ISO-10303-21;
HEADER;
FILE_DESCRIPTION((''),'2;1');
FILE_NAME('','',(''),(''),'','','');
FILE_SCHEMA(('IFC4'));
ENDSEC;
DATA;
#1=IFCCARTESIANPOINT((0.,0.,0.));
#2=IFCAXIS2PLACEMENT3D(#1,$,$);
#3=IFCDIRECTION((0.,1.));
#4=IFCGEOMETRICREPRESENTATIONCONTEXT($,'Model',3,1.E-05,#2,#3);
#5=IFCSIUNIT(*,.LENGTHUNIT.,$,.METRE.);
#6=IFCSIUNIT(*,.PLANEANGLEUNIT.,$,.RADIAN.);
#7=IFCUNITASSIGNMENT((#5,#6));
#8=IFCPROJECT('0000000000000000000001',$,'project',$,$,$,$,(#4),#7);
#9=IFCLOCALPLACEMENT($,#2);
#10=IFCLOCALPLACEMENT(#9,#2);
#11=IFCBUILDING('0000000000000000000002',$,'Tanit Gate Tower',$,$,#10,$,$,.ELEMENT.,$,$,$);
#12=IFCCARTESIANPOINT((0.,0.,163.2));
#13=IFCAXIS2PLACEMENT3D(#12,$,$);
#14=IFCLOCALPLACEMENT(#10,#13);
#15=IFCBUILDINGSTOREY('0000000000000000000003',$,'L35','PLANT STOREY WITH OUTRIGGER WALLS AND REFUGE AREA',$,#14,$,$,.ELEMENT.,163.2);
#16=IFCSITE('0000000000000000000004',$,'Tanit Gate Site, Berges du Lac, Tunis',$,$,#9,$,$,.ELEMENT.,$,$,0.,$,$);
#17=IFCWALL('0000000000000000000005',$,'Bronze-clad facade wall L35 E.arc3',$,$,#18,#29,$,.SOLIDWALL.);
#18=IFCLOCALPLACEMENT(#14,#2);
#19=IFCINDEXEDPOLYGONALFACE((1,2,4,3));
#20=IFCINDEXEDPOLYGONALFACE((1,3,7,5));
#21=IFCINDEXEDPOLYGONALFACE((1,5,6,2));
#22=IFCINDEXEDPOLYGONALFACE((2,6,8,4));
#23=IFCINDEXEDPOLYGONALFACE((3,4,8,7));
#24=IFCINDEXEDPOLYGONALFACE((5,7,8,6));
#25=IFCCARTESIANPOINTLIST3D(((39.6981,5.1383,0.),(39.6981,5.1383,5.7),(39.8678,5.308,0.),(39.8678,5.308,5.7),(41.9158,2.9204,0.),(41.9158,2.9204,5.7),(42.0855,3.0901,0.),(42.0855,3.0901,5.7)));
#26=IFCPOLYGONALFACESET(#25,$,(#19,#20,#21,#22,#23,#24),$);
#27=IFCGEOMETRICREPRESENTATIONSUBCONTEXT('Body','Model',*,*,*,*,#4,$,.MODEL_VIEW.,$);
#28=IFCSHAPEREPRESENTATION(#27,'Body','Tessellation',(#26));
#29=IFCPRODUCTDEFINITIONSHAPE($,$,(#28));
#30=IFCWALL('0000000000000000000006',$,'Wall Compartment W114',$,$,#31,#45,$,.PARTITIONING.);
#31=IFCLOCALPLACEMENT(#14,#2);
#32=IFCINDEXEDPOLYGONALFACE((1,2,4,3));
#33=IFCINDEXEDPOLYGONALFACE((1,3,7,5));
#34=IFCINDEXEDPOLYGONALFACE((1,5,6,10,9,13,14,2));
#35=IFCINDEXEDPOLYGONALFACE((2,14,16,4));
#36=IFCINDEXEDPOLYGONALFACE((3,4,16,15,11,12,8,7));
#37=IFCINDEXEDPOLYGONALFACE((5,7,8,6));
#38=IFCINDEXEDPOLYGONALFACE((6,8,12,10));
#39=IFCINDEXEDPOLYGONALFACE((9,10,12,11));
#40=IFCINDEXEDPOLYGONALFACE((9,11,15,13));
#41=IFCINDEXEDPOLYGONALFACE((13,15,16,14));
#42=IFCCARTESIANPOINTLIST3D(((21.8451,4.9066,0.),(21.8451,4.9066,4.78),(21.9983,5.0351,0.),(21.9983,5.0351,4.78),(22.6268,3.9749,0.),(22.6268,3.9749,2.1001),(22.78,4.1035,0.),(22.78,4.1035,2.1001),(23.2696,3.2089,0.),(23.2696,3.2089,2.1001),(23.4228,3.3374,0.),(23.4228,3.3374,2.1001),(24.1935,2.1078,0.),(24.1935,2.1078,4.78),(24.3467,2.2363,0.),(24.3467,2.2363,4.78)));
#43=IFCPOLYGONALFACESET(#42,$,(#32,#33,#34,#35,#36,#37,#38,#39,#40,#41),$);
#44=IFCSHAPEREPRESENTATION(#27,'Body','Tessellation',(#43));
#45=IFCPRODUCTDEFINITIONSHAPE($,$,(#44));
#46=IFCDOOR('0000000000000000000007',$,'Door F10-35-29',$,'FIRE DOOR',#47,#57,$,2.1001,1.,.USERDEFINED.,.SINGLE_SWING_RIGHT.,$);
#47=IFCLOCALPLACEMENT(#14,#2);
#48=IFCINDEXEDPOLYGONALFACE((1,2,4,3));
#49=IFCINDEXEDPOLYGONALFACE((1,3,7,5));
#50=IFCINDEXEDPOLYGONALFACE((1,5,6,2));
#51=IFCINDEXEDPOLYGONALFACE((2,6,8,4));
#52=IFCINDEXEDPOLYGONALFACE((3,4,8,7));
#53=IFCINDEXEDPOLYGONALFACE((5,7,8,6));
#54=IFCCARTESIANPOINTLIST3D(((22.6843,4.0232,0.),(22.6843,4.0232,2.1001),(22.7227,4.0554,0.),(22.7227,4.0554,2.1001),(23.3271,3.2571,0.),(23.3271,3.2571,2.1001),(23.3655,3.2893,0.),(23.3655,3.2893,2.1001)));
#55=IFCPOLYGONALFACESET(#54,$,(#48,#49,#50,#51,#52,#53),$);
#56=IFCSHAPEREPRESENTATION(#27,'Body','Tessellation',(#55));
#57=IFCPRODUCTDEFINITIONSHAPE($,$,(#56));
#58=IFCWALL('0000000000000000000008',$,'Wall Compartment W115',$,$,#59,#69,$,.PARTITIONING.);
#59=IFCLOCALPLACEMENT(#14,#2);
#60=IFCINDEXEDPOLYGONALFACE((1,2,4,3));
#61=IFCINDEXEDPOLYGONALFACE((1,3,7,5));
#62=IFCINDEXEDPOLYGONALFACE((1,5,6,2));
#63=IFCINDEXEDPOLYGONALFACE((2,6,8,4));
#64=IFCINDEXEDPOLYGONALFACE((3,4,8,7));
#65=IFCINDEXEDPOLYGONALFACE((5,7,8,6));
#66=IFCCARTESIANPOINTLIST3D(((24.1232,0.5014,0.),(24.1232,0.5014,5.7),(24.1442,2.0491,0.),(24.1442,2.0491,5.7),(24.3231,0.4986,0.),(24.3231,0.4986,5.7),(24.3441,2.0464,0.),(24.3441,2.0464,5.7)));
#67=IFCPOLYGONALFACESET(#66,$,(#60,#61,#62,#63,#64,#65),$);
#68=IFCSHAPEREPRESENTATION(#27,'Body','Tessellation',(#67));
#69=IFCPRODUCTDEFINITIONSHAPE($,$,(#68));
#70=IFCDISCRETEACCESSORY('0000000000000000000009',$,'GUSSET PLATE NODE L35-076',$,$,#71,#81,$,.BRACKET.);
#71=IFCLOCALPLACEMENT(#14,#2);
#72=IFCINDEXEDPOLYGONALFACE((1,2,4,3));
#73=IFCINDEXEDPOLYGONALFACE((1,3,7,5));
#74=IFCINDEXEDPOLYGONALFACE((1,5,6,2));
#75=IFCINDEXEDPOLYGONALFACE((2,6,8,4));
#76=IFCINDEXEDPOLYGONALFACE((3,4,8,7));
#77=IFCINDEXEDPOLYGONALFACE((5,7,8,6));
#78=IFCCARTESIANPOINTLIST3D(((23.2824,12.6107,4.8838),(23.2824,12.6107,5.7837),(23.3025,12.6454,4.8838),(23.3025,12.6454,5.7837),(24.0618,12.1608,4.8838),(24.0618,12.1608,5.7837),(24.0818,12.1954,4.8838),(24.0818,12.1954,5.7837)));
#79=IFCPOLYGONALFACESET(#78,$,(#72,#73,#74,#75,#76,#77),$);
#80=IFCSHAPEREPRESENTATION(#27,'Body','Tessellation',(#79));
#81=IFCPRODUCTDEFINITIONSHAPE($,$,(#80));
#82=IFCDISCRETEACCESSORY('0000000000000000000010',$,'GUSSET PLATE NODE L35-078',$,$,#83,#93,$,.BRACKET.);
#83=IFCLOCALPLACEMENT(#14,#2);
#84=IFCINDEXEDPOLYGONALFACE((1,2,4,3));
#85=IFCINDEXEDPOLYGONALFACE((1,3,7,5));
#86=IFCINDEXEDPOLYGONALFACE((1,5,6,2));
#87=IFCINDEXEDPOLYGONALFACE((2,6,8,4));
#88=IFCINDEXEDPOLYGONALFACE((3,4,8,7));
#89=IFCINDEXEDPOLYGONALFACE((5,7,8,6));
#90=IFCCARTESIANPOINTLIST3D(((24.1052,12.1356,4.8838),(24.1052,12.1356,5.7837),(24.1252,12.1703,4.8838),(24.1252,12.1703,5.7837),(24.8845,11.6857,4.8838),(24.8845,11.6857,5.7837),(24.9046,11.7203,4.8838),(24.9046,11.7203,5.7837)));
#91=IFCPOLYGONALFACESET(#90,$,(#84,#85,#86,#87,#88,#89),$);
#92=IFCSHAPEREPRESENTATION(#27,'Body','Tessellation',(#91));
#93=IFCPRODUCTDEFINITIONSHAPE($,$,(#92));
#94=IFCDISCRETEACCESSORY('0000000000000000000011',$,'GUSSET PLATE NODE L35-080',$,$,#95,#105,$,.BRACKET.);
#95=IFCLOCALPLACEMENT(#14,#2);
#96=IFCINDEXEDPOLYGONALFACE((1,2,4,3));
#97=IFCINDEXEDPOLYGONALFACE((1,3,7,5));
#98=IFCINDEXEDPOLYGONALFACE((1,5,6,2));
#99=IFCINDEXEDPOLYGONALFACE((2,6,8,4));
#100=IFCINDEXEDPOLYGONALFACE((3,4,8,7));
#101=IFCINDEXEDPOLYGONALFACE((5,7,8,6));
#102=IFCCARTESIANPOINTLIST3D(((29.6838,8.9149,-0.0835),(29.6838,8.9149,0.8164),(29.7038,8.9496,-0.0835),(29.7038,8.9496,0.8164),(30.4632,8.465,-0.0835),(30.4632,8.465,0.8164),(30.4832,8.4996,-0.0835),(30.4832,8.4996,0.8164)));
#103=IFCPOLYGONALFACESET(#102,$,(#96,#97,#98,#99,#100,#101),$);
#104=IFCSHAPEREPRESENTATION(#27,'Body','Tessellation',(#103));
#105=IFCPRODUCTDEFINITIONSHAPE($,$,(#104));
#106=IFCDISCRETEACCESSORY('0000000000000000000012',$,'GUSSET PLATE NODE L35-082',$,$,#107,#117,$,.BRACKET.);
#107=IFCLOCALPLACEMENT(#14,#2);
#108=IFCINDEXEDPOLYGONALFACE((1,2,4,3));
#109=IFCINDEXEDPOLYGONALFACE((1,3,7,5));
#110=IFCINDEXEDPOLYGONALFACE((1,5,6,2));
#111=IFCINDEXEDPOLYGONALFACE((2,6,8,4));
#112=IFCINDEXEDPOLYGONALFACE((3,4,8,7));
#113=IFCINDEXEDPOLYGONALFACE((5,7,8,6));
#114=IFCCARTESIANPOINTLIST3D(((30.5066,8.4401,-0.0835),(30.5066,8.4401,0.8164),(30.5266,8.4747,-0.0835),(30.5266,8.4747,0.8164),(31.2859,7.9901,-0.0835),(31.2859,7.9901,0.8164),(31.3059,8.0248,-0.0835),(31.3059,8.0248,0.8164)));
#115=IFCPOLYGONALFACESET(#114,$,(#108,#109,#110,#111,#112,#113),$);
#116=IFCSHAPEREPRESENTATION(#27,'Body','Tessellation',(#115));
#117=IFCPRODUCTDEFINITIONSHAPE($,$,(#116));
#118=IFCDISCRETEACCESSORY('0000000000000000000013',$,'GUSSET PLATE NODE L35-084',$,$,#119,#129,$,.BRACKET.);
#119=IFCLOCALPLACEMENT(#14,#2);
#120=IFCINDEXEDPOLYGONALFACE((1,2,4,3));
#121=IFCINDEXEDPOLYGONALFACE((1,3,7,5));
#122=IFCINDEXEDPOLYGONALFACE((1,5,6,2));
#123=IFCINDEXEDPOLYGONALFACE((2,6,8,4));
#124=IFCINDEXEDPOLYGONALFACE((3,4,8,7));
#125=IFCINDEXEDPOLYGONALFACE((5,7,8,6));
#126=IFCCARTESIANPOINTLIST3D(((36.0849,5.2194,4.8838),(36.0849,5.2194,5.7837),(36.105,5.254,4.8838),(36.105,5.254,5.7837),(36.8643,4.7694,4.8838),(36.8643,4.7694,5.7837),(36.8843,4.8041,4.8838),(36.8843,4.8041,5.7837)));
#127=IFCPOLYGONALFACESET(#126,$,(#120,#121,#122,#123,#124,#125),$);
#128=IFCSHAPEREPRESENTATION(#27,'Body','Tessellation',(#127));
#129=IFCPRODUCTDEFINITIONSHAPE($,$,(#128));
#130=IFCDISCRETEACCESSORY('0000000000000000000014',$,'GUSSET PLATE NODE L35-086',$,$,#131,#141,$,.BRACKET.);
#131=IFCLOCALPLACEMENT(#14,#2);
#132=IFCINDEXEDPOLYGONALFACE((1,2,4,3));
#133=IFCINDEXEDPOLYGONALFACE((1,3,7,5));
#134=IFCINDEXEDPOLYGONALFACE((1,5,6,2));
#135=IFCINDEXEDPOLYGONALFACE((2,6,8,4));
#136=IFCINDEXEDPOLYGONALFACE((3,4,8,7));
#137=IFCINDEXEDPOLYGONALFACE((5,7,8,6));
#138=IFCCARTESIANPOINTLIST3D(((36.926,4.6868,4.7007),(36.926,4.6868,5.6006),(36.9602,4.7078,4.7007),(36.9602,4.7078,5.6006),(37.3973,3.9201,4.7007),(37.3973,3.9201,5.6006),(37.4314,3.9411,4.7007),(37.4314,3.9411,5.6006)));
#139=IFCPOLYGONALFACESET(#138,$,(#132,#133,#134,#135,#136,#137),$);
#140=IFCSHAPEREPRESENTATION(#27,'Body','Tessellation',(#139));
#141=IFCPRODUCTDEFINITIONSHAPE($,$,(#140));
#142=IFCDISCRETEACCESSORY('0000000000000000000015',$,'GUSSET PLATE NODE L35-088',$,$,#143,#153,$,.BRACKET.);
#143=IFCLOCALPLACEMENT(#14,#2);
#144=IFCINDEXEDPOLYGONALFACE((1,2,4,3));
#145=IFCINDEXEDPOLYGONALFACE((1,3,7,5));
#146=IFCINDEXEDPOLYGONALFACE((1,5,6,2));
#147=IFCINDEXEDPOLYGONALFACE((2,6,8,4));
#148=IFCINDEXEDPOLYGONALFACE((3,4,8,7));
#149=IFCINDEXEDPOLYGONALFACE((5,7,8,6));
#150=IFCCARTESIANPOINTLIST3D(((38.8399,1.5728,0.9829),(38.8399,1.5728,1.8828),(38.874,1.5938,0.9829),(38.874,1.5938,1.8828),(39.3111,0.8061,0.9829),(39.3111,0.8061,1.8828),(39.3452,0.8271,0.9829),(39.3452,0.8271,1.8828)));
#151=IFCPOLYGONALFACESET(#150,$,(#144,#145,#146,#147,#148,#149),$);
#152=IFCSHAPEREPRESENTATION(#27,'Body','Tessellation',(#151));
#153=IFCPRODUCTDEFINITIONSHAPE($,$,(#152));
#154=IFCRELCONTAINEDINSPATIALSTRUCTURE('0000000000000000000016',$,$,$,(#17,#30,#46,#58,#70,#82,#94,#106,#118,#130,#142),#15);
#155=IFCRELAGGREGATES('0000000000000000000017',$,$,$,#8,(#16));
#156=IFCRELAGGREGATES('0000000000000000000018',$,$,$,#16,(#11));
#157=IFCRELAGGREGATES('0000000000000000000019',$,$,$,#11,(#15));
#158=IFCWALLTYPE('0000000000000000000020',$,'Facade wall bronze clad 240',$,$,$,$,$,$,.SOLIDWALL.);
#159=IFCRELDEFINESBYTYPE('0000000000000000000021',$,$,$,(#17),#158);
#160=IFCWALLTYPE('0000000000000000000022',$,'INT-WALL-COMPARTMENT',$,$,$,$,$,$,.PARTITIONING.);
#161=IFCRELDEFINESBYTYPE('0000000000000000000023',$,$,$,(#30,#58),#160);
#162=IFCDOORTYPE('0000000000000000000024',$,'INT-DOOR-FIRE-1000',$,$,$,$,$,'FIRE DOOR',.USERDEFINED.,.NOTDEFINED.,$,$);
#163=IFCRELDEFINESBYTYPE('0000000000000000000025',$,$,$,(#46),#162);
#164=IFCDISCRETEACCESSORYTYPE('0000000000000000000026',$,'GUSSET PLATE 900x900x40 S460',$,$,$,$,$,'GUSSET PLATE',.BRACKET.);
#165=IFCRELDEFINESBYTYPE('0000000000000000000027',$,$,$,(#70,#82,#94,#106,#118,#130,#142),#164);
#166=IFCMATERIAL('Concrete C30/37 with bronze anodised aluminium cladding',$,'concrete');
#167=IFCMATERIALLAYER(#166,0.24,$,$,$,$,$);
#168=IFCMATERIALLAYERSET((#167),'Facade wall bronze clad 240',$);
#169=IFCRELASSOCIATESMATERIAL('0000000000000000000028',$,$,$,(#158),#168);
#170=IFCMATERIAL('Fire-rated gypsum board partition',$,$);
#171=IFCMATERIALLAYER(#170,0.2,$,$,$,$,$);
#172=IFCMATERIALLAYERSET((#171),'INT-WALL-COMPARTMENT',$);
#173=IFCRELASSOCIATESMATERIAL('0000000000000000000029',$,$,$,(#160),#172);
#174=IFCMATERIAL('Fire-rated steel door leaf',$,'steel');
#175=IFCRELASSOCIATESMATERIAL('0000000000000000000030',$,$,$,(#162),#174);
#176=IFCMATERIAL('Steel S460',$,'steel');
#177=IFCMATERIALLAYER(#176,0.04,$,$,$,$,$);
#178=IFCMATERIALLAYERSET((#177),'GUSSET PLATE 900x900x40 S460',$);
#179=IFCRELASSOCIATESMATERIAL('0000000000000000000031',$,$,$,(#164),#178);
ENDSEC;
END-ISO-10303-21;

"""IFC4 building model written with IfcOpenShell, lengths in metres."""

from ifc_helpers import new_model, si_unit, direction, frame, frame_2d, origin, origin_2d, place, context, subcontext, project, spatial, rectangle, extrude, material, layer, layer_set, type_object, element, fill, save


model = new_model("IFC4")

# Units and contexts
model_context = context("Model", 3, precision=1e-05, world=origin(), true_north=direction((0.0, 1.0)))
body_context = subcontext(model_context, "Body", "Model", "MODEL_VIEW")
ifc_project = project(units=[si_unit("LENGTHUNIT", "METRE"), si_unit("PLANEANGLEUNIT", "RADIAN")], contexts=[model_context])

# Site, building, storey
site_placement = place(None, origin())
site = spatial("IfcSite", under=ifc_project, at=site_placement, Name="Tanit Gate Site, Berges du Lac, Tunis", CompositionType="ELEMENT", RefElevation=0.0)
building_placement = place(site_placement, origin())
building = spatial("IfcBuilding", under=site, at=building_placement, Name="Tanit Gate Tower", CompositionType="ELEMENT")
storey_placement = place(building_placement, frame((0.0, 0.0, 163.2)))
storey = spatial("IfcBuildingStorey", under=building, at=storey_placement, Name="L35", Description="PLANT STOREY WITH OUTRIGGER WALLS AND REFUGE AREA", CompositionType="ELEMENT", Elevation=163.2)

# Wall
ifc_material_1 = material(Name="Concrete C30/37 with bronze anodised aluminium cladding", Category="concrete")
ifc_layer_1 = layer(ifc_material_1, 0.24)
ifc_layer_set_1 = layer_set([ifc_layer_1], Name="Facade wall bronze clad 240")
wall_type_1 = type_object("IfcWallType", Name="Facade wall bronze clad 240", PredefinedType="SOLIDWALL", material=ifc_layer_set_1)
wall_1_placement = place(storey_placement, frame((42.0007, 3.0051, 0.0), z_axis=(0.0, 0.0, 1.0), x_axis=(-0.707068, 0.707146, 0.0)))
element("IfcWall", 1, at=wall_1_placement, inside=storey, type_object=wall_type_1, Name="Bronze-clad facade wall L35 E.arc3", PredefinedType="SOLIDWALL", context=body_context, shape_type="SweptSolid", body=[
    extrude(rectangle(XDim=3.1365, YDim=0.24, at=frame_2d((1.5684, 0.0))), origin(), (0.0, 0.0, 1.0), 5.7),
])

# Wall, opening, door
ifc_material_2 = material(Name="Fire-rated gypsum board partition")
ifc_layer_2 = layer(ifc_material_2, 0.2)
ifc_layer_set_2 = layer_set([ifc_layer_2], Name="INT-WALL-COMPARTMENT")
wall_type_2 = type_object("IfcWallType", Name="INT-WALL-COMPARTMENT", PredefinedType="PARTITIONING", material=ifc_layer_set_2)
wall_2_placement = place(storey_placement, frame((24.27, 2.1721, 0.0), z_axis=(0.0, 0.0, 1.0), x_axis=(-0.64277, 0.766059, 0.0)))
wall_2 = element("IfcWall", 2, at=wall_2_placement, inside=storey, type_object=wall_type_2, Name="Wall Compartment W114", PredefinedType="PARTITIONING", context=body_context, shape_type="SweptSolid", body=[
    extrude(rectangle(XDim=3.6536, YDim=0.2, at=frame_2d((1.8267, 0.0))), origin(), (0.0, 0.0, 1.0), 4.78),
])
opening_placement = place(wall_2_placement, frame((1.4373, 0.0, 0.0)))
opening = element("IfcOpeningElement", 3, at=opening_placement, cuts=wall_2, PredefinedType="OPENING", context=body_context, shape_type="SweptSolid", body=[
    extrude(rectangle(XDim=1.0, YDim=2.1001, at=frame_2d((0.5, 1.05))), frame((0.0, 0.1099, 0.0), z_axis=(0.0, -1.0, 0.0), x_axis=(1.0, 0.0, 0.0)), (0.0, 0.0, 1.0), 0.22),
])
ifc_material_3 = material(Name="Fire-rated steel door leaf", Category="steel")
door_type = type_object("IfcDoorType", Name="INT-DOOR-FIRE-1000", ElementType="FIRE DOOR", OperationType="NOTDEFINED", PredefinedType="USERDEFINED", material=ifc_material_3)
door_placement = place(opening_placement, origin())
door = element("IfcDoor", 4, at=door_placement, inside=storey, type_object=door_type, Name="Door F10-35-29", ObjectType="FIRE DOOR", OperationType="SINGLE_SWING_RIGHT", OverallHeight=2.1001, OverallWidth=1.0, PredefinedType="USERDEFINED", context=body_context, shape_type="SweptSolid", body=[
    extrude(rectangle(XDim=1.0, YDim=2.1001, at=frame_2d((0.5, 1.05))), frame((0.0, 0.0249, 0.0), z_axis=(0.0, -1.0, 0.0), x_axis=(1.0, 0.0, 0.0)), (0.0, 0.0, 1.0), 0.05),
])
fill(opening, door)

# Wall
wall_3_placement = place(storey_placement, frame((24.2231, 0.5, 0.0), z_axis=(0.0, 0.0, 1.0), x_axis=(0.013566, 0.999908, 0.0)))
element("IfcWall", 5, at=wall_3_placement, inside=storey, type_object=wall_type_2, Name="Wall Compartment W115", PredefinedType="PARTITIONING", context=body_context, shape_type="SweptSolid", body=[
    extrude(rectangle(XDim=1.5479, YDim=0.2, at=frame_2d((0.7739, 0.0))), origin(), (0.0, 0.0, 1.0), 5.7),
])

# Discrete accessories
ifc_material_4 = material(Name="Steel S460", Category="steel")
ifc_layer_3 = layer(ifc_material_4, 0.04)
ifc_layer_set_3 = layer_set([ifc_layer_3], Name="GUSSET PLATE 900x900x40 S460")
discrete_accessory_type = type_object("IfcDiscreteAccessoryType", Name="GUSSET PLATE 900x900x40 S460", ElementType="GUSSET PLATE", PredefinedType="BRACKET", material=ifc_layer_set_3)
for number, where, z_axis, x_axis, name in (
    (6, (23.6821, 12.4031, 4.8838), (0.0, 0.0, 1.0), (-0.866025, 0.5, 0.0), "GUSSET PLATE NODE L35-076"),
    (7, (24.5049, 11.928, 4.8838), (0.0, 0.0, 1.0), (0.866025, -0.5, 0.0), "GUSSET PLATE NODE L35-078"),
    (8, (30.0835, 8.7073, -0.0835), (0.0, 0.0, 1.0), (-0.866025, 0.5, 0.0), "GUSSET PLATE NODE L35-080"),
    (9, (30.9062, 8.2324, -0.0835), (0.0, 0.0, 1.0), (0.866025, -0.5, 0.0), "GUSSET PLATE NODE L35-082"),
    (10, (36.4846, 5.0117, 4.8838), (0.0, 0.0, 1.0), (-0.866025, 0.5, 0.0), "GUSSET PLATE NODE L35-084"),
    (11, (37.1787, 4.314, 4.7007), (0.0, 0.0, 1.0), (0.523629, -0.851946, 0.0), "GUSSET PLATE NODE L35-086"),
    (12, (39.0925, 1.2, 0.9829), (0.0, 0.0, 1.0), (-0.523629, 0.851946, 0.0), "GUSSET PLATE NODE L35-088"),
):
    element("IfcDiscreteAccessory", number, at=place(storey_placement, frame(where, z_axis=z_axis, x_axis=x_axis)), inside=storey, type_object=discrete_accessory_type, Name=name, PredefinedType="BRACKET", context=body_context, shape_type="SweptSolid", body=[
        extrude(rectangle(XDim=0.8999, YDim=0.04, at=origin_2d()), origin(), (0.0, 0.0, 1.0), 0.8999),
    ])

save(model, "model.ifc")
